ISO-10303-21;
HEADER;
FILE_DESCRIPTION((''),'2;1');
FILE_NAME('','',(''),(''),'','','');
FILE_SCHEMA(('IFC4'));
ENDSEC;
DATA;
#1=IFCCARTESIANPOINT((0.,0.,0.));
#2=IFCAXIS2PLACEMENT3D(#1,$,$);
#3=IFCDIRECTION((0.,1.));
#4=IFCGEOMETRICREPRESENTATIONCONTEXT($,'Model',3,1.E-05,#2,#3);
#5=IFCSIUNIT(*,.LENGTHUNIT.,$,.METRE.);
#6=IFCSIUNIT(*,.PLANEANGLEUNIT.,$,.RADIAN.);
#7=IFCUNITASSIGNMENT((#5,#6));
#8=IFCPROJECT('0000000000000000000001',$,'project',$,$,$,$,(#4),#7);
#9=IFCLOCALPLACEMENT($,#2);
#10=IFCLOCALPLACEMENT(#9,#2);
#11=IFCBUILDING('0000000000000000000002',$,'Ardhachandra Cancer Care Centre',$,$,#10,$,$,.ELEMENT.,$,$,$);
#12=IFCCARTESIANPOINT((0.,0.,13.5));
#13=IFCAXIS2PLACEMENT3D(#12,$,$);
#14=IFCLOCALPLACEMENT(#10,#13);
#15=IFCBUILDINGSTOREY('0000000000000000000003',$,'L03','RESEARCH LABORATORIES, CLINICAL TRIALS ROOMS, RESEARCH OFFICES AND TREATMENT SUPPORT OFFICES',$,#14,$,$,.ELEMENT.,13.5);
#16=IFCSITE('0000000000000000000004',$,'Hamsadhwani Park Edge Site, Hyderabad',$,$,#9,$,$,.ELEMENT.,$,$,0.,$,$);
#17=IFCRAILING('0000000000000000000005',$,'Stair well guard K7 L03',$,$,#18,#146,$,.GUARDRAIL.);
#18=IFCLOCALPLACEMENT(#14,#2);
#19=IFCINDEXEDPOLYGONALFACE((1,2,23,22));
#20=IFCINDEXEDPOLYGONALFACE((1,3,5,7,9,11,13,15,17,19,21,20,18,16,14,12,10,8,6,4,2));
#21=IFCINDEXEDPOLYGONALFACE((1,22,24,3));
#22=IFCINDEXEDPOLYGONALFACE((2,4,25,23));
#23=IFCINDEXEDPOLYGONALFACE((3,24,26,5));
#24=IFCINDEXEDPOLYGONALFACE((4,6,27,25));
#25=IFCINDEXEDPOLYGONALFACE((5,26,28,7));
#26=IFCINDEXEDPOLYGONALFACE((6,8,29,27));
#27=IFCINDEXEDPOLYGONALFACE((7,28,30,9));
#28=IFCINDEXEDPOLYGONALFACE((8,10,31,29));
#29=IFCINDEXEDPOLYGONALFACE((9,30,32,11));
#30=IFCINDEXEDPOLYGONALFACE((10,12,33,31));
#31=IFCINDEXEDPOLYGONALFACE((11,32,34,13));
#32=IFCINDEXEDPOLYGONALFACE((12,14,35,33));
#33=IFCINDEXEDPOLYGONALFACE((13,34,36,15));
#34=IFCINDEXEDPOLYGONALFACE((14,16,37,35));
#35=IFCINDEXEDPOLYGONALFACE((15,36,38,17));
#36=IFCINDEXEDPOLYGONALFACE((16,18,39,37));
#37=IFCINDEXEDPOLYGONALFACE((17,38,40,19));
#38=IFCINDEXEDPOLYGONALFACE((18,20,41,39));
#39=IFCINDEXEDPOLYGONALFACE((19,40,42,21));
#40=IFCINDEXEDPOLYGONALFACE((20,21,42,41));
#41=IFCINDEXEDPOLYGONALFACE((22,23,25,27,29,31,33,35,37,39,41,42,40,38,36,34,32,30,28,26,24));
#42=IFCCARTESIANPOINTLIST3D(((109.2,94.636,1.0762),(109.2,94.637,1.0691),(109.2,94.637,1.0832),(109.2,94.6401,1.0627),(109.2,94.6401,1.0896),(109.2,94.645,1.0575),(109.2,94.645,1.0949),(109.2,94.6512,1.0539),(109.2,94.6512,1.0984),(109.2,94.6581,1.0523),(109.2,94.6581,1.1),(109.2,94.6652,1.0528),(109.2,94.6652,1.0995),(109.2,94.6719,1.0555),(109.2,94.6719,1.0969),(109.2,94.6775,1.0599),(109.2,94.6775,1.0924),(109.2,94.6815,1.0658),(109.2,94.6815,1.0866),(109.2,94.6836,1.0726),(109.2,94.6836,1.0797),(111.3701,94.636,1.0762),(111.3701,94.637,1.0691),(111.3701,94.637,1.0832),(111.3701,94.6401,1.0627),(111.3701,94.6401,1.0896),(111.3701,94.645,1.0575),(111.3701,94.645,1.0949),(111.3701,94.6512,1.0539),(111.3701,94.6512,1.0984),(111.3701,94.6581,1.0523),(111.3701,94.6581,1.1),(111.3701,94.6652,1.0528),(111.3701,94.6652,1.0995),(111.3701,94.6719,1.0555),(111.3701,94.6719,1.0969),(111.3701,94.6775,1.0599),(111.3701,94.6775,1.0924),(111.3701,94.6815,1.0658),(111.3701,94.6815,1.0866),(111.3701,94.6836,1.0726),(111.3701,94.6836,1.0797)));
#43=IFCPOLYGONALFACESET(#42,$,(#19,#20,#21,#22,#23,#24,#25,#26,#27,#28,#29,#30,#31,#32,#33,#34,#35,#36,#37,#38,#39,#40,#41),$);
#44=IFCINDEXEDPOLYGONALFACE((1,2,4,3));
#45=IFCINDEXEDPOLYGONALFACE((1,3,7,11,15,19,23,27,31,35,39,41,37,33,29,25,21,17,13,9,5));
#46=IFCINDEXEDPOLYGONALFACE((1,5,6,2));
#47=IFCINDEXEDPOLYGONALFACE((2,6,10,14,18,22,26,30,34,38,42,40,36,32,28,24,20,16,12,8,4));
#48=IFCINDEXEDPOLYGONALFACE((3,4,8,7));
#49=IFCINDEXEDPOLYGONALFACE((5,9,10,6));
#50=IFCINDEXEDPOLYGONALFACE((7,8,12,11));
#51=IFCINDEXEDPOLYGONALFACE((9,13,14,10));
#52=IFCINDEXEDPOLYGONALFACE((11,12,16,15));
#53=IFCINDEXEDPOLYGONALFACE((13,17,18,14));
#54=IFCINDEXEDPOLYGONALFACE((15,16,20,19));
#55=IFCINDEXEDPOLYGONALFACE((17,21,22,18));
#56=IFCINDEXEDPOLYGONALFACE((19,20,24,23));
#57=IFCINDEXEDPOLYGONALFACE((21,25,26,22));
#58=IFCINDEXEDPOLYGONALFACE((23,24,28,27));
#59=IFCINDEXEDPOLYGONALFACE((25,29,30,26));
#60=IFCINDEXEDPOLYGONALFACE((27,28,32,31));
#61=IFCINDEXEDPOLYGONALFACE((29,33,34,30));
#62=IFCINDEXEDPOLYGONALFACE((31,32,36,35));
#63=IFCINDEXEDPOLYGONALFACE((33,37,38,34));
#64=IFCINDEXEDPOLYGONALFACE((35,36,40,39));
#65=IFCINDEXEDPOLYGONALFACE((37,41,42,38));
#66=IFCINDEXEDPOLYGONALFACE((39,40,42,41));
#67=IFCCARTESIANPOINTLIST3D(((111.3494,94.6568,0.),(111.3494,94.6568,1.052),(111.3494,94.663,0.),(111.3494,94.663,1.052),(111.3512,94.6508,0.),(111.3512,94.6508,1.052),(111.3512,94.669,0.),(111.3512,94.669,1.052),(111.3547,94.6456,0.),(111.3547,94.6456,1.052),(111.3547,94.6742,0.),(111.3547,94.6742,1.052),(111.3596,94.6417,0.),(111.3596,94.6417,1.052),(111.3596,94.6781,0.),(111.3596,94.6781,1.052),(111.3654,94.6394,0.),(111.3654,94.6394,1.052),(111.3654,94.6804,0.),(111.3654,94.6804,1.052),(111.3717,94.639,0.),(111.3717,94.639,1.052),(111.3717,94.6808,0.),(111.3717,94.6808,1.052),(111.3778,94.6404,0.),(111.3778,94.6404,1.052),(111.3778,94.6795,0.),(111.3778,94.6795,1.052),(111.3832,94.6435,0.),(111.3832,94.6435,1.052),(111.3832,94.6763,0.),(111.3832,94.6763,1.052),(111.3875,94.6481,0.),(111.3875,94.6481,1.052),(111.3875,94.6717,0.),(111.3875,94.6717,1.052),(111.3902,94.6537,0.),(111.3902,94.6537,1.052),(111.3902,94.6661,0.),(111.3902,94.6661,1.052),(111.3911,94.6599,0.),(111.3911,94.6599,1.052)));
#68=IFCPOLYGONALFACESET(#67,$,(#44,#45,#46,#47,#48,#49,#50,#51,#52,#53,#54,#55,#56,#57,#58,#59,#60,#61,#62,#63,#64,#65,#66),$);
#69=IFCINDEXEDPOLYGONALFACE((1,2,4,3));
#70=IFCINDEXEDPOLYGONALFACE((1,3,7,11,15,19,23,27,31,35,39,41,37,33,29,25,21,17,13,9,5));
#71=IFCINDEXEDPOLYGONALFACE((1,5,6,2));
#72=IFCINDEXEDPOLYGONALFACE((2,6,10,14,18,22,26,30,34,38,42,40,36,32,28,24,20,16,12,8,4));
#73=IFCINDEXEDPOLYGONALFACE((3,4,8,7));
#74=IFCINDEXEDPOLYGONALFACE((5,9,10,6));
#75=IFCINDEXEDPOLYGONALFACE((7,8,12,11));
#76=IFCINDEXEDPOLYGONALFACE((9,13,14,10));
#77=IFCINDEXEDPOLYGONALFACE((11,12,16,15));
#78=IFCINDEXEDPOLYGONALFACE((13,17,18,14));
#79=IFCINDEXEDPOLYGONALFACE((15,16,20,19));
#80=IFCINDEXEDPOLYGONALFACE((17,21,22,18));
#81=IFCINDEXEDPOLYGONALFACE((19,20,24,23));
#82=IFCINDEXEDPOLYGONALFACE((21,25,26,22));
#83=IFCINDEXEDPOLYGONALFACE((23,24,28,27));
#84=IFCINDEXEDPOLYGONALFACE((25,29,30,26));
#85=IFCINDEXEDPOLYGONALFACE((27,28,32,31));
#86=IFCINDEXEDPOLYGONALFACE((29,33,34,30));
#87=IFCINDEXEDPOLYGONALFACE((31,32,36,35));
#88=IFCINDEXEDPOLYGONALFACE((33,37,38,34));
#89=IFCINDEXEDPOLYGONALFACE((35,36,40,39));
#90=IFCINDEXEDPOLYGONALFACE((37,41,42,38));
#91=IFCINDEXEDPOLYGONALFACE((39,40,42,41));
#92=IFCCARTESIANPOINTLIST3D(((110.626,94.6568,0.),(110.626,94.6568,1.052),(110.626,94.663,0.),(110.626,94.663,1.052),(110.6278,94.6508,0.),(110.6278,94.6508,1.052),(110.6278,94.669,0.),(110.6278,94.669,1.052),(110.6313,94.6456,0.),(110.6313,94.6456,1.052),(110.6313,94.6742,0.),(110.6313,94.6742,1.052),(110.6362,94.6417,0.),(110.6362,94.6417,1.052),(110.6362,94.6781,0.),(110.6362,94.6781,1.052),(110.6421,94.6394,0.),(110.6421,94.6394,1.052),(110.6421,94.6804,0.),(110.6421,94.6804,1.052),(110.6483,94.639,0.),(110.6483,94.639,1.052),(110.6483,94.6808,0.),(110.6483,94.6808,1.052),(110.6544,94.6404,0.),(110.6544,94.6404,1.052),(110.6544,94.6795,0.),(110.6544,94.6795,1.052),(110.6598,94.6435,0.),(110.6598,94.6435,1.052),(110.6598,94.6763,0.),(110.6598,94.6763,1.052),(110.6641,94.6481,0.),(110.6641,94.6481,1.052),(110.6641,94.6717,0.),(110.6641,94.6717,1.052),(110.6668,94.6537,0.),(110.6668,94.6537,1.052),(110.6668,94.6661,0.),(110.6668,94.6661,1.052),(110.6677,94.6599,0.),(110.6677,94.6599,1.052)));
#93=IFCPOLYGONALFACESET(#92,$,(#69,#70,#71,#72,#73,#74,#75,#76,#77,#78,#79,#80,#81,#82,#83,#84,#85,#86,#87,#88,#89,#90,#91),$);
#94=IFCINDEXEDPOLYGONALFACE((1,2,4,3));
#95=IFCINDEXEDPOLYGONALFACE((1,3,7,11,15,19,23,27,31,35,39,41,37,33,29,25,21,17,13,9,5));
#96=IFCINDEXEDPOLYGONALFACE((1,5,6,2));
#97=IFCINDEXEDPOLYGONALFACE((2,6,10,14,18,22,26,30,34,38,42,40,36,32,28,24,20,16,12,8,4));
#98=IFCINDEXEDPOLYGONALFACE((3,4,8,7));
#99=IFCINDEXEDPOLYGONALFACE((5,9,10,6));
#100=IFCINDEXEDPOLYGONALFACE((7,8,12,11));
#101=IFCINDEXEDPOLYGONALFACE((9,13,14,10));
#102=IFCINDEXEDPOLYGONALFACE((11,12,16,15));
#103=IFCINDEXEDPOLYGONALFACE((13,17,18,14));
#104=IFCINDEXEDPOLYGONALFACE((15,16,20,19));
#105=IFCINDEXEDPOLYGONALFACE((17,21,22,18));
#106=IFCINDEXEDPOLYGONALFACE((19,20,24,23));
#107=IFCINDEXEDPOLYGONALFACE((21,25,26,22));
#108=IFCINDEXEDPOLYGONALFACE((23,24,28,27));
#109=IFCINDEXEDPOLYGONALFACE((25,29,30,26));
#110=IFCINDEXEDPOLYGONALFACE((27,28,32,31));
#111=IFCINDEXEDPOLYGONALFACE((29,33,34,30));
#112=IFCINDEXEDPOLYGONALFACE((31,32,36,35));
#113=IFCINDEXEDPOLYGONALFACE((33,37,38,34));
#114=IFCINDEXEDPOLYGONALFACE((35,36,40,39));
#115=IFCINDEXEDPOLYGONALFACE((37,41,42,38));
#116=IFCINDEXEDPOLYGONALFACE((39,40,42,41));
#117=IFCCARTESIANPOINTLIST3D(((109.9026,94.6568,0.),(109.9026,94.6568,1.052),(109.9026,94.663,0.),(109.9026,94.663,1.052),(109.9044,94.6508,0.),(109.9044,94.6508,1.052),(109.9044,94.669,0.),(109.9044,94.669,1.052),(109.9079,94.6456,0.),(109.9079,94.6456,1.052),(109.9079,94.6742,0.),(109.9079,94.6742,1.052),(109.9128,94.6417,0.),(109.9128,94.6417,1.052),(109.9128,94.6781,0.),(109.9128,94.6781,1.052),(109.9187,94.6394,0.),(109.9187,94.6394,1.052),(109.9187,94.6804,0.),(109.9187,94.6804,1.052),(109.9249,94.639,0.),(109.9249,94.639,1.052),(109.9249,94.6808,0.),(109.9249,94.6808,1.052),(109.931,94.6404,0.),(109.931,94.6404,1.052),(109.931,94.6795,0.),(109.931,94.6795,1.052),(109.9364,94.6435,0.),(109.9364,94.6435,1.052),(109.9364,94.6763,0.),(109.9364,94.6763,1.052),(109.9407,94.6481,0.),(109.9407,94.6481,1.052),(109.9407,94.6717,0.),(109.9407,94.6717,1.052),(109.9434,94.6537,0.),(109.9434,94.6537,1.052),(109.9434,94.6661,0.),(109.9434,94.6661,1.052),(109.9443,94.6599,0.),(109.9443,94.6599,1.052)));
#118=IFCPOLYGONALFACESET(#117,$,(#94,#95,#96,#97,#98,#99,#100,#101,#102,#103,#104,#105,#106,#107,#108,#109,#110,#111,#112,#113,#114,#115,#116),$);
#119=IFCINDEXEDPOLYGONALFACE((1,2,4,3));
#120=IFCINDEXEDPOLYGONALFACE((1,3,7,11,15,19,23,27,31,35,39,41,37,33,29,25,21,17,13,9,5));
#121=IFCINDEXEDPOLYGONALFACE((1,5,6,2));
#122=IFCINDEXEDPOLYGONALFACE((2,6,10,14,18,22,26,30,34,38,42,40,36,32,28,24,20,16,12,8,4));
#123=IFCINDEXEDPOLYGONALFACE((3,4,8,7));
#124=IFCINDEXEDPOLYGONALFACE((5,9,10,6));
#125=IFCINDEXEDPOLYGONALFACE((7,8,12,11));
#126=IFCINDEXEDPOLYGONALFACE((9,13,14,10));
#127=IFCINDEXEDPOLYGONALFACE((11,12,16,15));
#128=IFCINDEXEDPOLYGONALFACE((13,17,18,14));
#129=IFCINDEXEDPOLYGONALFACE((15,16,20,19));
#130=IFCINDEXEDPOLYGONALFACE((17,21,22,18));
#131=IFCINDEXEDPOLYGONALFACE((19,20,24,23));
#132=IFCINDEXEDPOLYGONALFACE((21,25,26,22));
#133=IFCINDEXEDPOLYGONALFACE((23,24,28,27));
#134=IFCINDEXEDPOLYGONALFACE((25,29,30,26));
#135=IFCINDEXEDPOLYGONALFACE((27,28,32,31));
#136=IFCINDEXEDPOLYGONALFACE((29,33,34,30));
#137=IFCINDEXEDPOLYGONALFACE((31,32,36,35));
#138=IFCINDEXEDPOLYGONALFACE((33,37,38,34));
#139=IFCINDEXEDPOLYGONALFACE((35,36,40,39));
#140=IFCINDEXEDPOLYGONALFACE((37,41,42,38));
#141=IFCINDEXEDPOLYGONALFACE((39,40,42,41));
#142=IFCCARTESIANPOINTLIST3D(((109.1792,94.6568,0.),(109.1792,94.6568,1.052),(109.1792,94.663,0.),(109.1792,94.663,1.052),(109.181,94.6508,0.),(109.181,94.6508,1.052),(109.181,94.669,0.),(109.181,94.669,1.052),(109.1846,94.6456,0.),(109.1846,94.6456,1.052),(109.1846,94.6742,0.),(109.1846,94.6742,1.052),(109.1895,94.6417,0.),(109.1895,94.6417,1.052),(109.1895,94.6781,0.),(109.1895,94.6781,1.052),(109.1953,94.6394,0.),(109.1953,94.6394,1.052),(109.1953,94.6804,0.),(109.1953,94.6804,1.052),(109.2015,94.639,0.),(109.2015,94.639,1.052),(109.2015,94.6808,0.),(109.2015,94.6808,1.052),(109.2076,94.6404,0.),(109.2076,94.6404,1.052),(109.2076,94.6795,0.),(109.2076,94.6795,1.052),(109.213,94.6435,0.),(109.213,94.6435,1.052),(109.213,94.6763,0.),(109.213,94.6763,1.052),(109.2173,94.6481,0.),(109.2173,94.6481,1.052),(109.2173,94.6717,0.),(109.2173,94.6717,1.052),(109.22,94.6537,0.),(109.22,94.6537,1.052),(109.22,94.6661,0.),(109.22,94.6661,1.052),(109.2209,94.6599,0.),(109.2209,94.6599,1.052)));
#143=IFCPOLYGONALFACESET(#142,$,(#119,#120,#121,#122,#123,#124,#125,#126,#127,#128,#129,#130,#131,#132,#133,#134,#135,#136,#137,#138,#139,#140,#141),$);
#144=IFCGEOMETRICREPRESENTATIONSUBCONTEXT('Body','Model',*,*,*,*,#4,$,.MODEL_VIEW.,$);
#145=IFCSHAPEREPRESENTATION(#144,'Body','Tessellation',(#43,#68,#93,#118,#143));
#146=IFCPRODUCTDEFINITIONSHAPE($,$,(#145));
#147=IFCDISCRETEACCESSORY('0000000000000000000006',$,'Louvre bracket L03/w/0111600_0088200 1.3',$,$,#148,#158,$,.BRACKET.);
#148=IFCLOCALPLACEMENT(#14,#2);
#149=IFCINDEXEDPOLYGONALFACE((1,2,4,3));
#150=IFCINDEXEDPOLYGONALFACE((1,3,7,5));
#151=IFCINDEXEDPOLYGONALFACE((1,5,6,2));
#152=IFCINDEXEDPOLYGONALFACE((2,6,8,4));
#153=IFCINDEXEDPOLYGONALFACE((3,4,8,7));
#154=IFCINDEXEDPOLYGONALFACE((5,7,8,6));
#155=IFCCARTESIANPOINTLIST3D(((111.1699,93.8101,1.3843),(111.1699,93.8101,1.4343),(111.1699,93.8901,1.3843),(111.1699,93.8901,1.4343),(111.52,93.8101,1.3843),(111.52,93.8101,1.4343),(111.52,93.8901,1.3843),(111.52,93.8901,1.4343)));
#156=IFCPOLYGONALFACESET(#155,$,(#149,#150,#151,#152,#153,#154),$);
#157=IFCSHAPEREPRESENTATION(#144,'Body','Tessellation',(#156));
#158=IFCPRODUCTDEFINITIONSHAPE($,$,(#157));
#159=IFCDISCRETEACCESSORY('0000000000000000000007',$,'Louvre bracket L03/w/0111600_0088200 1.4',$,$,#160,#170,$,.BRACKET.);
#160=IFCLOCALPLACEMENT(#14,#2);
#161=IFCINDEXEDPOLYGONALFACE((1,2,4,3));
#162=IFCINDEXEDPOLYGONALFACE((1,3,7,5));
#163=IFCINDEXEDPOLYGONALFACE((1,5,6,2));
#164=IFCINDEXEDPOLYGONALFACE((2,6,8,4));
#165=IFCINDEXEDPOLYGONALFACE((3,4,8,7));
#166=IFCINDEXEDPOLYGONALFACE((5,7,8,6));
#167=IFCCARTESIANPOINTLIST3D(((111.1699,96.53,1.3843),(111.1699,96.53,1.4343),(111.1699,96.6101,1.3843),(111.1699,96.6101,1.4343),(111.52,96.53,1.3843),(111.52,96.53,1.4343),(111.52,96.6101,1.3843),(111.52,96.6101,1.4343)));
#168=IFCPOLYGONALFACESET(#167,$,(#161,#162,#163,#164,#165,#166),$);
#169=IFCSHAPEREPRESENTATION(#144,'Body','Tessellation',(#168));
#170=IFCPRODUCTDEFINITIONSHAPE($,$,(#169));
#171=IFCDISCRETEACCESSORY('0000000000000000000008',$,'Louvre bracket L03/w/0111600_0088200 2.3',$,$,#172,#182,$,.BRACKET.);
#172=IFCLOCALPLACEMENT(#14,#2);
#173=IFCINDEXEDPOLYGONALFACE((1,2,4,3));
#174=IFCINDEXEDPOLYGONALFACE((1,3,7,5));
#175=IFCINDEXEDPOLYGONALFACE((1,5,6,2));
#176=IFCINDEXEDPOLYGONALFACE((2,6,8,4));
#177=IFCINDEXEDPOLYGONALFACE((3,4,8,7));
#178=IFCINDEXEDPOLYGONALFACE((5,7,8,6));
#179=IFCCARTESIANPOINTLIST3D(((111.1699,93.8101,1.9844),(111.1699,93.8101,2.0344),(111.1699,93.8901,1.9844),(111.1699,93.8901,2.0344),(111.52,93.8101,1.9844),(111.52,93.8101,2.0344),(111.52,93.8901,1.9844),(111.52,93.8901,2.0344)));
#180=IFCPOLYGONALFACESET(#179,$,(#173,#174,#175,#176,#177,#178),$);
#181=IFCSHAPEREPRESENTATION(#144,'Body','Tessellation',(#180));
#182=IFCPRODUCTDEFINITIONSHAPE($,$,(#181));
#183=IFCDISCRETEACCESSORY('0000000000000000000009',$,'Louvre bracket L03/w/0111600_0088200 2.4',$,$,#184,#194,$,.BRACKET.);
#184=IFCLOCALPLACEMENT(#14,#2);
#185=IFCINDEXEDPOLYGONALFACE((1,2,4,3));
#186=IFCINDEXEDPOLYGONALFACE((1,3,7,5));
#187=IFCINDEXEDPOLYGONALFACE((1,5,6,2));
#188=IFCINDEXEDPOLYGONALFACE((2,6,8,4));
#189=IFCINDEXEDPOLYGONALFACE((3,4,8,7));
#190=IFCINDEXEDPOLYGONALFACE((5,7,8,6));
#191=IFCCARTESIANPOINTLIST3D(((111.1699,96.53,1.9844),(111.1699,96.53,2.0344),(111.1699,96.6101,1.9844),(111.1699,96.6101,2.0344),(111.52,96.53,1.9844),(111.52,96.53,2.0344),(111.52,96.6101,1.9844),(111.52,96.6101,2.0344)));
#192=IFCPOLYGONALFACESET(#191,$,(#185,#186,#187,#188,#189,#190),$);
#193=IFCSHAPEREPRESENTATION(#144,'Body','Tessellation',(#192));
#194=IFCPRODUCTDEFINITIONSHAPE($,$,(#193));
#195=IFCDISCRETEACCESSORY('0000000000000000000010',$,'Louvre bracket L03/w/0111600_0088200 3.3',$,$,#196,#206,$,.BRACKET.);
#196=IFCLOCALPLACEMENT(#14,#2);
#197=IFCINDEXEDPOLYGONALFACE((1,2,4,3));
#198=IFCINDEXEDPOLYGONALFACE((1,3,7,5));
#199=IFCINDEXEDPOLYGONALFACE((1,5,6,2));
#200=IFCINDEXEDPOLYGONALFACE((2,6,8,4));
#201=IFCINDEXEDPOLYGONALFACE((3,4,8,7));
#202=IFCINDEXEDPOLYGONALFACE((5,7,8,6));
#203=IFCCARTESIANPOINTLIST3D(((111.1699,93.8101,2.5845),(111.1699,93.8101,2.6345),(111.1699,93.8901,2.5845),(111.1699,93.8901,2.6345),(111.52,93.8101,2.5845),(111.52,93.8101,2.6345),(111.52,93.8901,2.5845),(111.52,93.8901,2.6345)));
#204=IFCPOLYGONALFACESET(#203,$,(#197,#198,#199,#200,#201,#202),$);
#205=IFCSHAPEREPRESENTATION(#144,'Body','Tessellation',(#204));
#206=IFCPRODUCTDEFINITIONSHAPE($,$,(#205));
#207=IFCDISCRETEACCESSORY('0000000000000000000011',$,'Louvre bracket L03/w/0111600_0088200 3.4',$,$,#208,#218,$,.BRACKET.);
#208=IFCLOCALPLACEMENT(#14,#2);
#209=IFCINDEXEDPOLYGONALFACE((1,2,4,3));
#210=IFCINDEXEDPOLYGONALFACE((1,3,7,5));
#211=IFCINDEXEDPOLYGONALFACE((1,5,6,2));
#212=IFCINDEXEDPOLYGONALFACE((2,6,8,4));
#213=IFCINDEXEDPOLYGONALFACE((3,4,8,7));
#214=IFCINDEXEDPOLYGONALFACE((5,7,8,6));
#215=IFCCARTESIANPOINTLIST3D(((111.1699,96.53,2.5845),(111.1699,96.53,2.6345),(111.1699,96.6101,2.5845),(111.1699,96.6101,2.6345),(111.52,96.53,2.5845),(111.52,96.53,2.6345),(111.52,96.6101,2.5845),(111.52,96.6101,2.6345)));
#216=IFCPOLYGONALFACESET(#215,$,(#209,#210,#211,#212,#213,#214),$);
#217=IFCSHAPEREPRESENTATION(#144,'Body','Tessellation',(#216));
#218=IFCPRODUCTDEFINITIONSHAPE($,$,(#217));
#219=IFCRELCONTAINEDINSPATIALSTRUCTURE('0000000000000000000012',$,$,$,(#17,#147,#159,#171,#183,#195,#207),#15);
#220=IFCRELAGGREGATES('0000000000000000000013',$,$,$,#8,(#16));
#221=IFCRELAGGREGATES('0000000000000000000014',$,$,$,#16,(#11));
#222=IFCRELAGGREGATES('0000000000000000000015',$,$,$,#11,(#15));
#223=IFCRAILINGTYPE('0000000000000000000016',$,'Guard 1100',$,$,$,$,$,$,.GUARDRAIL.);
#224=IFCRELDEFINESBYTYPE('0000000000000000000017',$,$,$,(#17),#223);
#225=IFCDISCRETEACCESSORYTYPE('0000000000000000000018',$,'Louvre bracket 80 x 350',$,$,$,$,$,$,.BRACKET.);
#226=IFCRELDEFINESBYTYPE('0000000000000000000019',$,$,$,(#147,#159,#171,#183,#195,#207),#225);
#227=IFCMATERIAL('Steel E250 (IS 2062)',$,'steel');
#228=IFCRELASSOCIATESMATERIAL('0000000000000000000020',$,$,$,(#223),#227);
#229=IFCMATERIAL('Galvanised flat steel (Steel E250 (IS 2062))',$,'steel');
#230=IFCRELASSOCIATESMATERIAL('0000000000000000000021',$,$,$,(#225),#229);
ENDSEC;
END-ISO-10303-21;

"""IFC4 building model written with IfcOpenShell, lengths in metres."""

from ifc_helpers import new_model, si_unit, direction, frame, origin, origin_2d, place, context, subcontext, project, spatial, rectangle, circle, extrude, material, type_object, element, save


model = new_model("IFC4")

# Units and contexts
model_context = context("Model", 3, precision=1e-05, world=origin(), true_north=direction((0.0, 1.0)))
body_context = subcontext(model_context, "Body", "Model", "MODEL_VIEW")
ifc_project = project(units=[si_unit("LENGTHUNIT", "METRE"), si_unit("PLANEANGLEUNIT", "RADIAN")], contexts=[model_context])

# Site, building, storey
site_placement = place(None, origin())
site = spatial("IfcSite", under=ifc_project, at=site_placement, Name="Hamsadhwani Park Edge Site, Hyderabad", CompositionType="ELEMENT", RefElevation=0.0)
building_placement = place(site_placement, origin())
building = spatial("IfcBuilding", under=site, at=building_placement, Name="Ardhachandra Cancer Care Centre", CompositionType="ELEMENT")
storey_placement = place(building_placement, frame((0.0, 0.0, 13.5)))
storey = spatial("IfcBuildingStorey", under=building, at=storey_placement, Name="L03", Description="RESEARCH LABORATORIES, CLINICAL TRIALS ROOMS, RESEARCH OFFICES AND TREATMENT SUPPORT OFFICES", CompositionType="ELEMENT", Elevation=13.5)

# Railing
ifc_material_1 = material(Name="Steel E250 (IS 2062)", Category="steel")
railing_type = type_object("IfcRailingType", Name="Guard 1100", PredefinedType="GUARDRAIL", material=ifc_material_1)
railing_placement = place(storey_placement, frame((111.3701, 94.6599, 0.0)))
element("IfcRailing", 1, at=railing_placement, inside=storey, type_object=railing_type, Name="Stair well guard K7 L03", PredefinedType="GUARDRAIL", context=body_context, shape_type="SweptSolid", body=[
    extrude(circle(Radius=0.0239, at=origin_2d()), frame((0.0, 0.0, 1.0762), z_axis=(-1.0, 0.0, 0.0), x_axis=(0.0, -1.0, 0.0)), (0.0, 0.0, 1.0), 2.1702),
    extrude(circle(Radius=0.021, at=origin_2d()), origin(), (0.0, 0.0, 1.0), 1.052),
    extrude(circle(Radius=0.021, at=origin_2d()), frame((-0.7234, 0.0, 0.0)), (0.0, 0.0, 1.0), 1.052),
    extrude(circle(Radius=0.021, at=origin_2d()), frame((-1.4468, 0.0, 0.0)), (0.0, 0.0, 1.0), 1.052),
    extrude(circle(Radius=0.021, at=origin_2d()), frame((-2.1702, 0.0, 0.0)), (0.0, 0.0, 1.0), 1.052),
])

# Discrete accessories
ifc_material_2 = material(Name="Galvanised flat steel (Steel E250 (IS 2062))", Category="steel")
discrete_accessory_type = type_object("IfcDiscreteAccessoryType", Name="Louvre bracket 80 x 350", PredefinedType="BRACKET", material=ifc_material_2)
for number, where, z_axis, x_axis, name in (
    (2, (111.345, 93.8501, 1.3843), (0.0, 0.0, 1.0), (0.0, 1.0, 0.0), "Louvre bracket L03/w/0111600_0088200 1.3"),
    (3, (111.345, 96.5701, 1.3843), (0.0, 0.0, 1.0), (0.0, 1.0, 0.0), "Louvre bracket L03/w/0111600_0088200 1.4"),
    (4, (111.345, 93.8501, 1.9844), (0.0, 0.0, 1.0), (0.0, 1.0, 0.0), "Louvre bracket L03/w/0111600_0088200 2.3"),
    (5, (111.345, 96.5701, 1.9844), (0.0, 0.0, 1.0), (0.0, 1.0, 0.0), "Louvre bracket L03/w/0111600_0088200 2.4"),
    (6, (111.345, 93.8501, 2.5845), (0.0, 0.0, 1.0), (0.0, 1.0, 0.0), "Louvre bracket L03/w/0111600_0088200 3.3"),
    (7, (111.345, 96.5701, 2.5845), (0.0, 0.0, 1.0), (0.0, 1.0, 0.0), "Louvre bracket L03/w/0111600_0088200 3.4"),
):
    element("IfcDiscreteAccessory", number, at=place(storey_placement, frame(where, z_axis=z_axis, x_axis=x_axis)), inside=storey, type_object=discrete_accessory_type, Name=name, PredefinedType="BRACKET", context=body_context, shape_type="SweptSolid", body=[
        extrude(rectangle(XDim=0.0801, YDim=0.3501, at=origin_2d()), origin(), (0.0, 0.0, 1.0), 0.05),
    ])

save(model, "model.ifc")
